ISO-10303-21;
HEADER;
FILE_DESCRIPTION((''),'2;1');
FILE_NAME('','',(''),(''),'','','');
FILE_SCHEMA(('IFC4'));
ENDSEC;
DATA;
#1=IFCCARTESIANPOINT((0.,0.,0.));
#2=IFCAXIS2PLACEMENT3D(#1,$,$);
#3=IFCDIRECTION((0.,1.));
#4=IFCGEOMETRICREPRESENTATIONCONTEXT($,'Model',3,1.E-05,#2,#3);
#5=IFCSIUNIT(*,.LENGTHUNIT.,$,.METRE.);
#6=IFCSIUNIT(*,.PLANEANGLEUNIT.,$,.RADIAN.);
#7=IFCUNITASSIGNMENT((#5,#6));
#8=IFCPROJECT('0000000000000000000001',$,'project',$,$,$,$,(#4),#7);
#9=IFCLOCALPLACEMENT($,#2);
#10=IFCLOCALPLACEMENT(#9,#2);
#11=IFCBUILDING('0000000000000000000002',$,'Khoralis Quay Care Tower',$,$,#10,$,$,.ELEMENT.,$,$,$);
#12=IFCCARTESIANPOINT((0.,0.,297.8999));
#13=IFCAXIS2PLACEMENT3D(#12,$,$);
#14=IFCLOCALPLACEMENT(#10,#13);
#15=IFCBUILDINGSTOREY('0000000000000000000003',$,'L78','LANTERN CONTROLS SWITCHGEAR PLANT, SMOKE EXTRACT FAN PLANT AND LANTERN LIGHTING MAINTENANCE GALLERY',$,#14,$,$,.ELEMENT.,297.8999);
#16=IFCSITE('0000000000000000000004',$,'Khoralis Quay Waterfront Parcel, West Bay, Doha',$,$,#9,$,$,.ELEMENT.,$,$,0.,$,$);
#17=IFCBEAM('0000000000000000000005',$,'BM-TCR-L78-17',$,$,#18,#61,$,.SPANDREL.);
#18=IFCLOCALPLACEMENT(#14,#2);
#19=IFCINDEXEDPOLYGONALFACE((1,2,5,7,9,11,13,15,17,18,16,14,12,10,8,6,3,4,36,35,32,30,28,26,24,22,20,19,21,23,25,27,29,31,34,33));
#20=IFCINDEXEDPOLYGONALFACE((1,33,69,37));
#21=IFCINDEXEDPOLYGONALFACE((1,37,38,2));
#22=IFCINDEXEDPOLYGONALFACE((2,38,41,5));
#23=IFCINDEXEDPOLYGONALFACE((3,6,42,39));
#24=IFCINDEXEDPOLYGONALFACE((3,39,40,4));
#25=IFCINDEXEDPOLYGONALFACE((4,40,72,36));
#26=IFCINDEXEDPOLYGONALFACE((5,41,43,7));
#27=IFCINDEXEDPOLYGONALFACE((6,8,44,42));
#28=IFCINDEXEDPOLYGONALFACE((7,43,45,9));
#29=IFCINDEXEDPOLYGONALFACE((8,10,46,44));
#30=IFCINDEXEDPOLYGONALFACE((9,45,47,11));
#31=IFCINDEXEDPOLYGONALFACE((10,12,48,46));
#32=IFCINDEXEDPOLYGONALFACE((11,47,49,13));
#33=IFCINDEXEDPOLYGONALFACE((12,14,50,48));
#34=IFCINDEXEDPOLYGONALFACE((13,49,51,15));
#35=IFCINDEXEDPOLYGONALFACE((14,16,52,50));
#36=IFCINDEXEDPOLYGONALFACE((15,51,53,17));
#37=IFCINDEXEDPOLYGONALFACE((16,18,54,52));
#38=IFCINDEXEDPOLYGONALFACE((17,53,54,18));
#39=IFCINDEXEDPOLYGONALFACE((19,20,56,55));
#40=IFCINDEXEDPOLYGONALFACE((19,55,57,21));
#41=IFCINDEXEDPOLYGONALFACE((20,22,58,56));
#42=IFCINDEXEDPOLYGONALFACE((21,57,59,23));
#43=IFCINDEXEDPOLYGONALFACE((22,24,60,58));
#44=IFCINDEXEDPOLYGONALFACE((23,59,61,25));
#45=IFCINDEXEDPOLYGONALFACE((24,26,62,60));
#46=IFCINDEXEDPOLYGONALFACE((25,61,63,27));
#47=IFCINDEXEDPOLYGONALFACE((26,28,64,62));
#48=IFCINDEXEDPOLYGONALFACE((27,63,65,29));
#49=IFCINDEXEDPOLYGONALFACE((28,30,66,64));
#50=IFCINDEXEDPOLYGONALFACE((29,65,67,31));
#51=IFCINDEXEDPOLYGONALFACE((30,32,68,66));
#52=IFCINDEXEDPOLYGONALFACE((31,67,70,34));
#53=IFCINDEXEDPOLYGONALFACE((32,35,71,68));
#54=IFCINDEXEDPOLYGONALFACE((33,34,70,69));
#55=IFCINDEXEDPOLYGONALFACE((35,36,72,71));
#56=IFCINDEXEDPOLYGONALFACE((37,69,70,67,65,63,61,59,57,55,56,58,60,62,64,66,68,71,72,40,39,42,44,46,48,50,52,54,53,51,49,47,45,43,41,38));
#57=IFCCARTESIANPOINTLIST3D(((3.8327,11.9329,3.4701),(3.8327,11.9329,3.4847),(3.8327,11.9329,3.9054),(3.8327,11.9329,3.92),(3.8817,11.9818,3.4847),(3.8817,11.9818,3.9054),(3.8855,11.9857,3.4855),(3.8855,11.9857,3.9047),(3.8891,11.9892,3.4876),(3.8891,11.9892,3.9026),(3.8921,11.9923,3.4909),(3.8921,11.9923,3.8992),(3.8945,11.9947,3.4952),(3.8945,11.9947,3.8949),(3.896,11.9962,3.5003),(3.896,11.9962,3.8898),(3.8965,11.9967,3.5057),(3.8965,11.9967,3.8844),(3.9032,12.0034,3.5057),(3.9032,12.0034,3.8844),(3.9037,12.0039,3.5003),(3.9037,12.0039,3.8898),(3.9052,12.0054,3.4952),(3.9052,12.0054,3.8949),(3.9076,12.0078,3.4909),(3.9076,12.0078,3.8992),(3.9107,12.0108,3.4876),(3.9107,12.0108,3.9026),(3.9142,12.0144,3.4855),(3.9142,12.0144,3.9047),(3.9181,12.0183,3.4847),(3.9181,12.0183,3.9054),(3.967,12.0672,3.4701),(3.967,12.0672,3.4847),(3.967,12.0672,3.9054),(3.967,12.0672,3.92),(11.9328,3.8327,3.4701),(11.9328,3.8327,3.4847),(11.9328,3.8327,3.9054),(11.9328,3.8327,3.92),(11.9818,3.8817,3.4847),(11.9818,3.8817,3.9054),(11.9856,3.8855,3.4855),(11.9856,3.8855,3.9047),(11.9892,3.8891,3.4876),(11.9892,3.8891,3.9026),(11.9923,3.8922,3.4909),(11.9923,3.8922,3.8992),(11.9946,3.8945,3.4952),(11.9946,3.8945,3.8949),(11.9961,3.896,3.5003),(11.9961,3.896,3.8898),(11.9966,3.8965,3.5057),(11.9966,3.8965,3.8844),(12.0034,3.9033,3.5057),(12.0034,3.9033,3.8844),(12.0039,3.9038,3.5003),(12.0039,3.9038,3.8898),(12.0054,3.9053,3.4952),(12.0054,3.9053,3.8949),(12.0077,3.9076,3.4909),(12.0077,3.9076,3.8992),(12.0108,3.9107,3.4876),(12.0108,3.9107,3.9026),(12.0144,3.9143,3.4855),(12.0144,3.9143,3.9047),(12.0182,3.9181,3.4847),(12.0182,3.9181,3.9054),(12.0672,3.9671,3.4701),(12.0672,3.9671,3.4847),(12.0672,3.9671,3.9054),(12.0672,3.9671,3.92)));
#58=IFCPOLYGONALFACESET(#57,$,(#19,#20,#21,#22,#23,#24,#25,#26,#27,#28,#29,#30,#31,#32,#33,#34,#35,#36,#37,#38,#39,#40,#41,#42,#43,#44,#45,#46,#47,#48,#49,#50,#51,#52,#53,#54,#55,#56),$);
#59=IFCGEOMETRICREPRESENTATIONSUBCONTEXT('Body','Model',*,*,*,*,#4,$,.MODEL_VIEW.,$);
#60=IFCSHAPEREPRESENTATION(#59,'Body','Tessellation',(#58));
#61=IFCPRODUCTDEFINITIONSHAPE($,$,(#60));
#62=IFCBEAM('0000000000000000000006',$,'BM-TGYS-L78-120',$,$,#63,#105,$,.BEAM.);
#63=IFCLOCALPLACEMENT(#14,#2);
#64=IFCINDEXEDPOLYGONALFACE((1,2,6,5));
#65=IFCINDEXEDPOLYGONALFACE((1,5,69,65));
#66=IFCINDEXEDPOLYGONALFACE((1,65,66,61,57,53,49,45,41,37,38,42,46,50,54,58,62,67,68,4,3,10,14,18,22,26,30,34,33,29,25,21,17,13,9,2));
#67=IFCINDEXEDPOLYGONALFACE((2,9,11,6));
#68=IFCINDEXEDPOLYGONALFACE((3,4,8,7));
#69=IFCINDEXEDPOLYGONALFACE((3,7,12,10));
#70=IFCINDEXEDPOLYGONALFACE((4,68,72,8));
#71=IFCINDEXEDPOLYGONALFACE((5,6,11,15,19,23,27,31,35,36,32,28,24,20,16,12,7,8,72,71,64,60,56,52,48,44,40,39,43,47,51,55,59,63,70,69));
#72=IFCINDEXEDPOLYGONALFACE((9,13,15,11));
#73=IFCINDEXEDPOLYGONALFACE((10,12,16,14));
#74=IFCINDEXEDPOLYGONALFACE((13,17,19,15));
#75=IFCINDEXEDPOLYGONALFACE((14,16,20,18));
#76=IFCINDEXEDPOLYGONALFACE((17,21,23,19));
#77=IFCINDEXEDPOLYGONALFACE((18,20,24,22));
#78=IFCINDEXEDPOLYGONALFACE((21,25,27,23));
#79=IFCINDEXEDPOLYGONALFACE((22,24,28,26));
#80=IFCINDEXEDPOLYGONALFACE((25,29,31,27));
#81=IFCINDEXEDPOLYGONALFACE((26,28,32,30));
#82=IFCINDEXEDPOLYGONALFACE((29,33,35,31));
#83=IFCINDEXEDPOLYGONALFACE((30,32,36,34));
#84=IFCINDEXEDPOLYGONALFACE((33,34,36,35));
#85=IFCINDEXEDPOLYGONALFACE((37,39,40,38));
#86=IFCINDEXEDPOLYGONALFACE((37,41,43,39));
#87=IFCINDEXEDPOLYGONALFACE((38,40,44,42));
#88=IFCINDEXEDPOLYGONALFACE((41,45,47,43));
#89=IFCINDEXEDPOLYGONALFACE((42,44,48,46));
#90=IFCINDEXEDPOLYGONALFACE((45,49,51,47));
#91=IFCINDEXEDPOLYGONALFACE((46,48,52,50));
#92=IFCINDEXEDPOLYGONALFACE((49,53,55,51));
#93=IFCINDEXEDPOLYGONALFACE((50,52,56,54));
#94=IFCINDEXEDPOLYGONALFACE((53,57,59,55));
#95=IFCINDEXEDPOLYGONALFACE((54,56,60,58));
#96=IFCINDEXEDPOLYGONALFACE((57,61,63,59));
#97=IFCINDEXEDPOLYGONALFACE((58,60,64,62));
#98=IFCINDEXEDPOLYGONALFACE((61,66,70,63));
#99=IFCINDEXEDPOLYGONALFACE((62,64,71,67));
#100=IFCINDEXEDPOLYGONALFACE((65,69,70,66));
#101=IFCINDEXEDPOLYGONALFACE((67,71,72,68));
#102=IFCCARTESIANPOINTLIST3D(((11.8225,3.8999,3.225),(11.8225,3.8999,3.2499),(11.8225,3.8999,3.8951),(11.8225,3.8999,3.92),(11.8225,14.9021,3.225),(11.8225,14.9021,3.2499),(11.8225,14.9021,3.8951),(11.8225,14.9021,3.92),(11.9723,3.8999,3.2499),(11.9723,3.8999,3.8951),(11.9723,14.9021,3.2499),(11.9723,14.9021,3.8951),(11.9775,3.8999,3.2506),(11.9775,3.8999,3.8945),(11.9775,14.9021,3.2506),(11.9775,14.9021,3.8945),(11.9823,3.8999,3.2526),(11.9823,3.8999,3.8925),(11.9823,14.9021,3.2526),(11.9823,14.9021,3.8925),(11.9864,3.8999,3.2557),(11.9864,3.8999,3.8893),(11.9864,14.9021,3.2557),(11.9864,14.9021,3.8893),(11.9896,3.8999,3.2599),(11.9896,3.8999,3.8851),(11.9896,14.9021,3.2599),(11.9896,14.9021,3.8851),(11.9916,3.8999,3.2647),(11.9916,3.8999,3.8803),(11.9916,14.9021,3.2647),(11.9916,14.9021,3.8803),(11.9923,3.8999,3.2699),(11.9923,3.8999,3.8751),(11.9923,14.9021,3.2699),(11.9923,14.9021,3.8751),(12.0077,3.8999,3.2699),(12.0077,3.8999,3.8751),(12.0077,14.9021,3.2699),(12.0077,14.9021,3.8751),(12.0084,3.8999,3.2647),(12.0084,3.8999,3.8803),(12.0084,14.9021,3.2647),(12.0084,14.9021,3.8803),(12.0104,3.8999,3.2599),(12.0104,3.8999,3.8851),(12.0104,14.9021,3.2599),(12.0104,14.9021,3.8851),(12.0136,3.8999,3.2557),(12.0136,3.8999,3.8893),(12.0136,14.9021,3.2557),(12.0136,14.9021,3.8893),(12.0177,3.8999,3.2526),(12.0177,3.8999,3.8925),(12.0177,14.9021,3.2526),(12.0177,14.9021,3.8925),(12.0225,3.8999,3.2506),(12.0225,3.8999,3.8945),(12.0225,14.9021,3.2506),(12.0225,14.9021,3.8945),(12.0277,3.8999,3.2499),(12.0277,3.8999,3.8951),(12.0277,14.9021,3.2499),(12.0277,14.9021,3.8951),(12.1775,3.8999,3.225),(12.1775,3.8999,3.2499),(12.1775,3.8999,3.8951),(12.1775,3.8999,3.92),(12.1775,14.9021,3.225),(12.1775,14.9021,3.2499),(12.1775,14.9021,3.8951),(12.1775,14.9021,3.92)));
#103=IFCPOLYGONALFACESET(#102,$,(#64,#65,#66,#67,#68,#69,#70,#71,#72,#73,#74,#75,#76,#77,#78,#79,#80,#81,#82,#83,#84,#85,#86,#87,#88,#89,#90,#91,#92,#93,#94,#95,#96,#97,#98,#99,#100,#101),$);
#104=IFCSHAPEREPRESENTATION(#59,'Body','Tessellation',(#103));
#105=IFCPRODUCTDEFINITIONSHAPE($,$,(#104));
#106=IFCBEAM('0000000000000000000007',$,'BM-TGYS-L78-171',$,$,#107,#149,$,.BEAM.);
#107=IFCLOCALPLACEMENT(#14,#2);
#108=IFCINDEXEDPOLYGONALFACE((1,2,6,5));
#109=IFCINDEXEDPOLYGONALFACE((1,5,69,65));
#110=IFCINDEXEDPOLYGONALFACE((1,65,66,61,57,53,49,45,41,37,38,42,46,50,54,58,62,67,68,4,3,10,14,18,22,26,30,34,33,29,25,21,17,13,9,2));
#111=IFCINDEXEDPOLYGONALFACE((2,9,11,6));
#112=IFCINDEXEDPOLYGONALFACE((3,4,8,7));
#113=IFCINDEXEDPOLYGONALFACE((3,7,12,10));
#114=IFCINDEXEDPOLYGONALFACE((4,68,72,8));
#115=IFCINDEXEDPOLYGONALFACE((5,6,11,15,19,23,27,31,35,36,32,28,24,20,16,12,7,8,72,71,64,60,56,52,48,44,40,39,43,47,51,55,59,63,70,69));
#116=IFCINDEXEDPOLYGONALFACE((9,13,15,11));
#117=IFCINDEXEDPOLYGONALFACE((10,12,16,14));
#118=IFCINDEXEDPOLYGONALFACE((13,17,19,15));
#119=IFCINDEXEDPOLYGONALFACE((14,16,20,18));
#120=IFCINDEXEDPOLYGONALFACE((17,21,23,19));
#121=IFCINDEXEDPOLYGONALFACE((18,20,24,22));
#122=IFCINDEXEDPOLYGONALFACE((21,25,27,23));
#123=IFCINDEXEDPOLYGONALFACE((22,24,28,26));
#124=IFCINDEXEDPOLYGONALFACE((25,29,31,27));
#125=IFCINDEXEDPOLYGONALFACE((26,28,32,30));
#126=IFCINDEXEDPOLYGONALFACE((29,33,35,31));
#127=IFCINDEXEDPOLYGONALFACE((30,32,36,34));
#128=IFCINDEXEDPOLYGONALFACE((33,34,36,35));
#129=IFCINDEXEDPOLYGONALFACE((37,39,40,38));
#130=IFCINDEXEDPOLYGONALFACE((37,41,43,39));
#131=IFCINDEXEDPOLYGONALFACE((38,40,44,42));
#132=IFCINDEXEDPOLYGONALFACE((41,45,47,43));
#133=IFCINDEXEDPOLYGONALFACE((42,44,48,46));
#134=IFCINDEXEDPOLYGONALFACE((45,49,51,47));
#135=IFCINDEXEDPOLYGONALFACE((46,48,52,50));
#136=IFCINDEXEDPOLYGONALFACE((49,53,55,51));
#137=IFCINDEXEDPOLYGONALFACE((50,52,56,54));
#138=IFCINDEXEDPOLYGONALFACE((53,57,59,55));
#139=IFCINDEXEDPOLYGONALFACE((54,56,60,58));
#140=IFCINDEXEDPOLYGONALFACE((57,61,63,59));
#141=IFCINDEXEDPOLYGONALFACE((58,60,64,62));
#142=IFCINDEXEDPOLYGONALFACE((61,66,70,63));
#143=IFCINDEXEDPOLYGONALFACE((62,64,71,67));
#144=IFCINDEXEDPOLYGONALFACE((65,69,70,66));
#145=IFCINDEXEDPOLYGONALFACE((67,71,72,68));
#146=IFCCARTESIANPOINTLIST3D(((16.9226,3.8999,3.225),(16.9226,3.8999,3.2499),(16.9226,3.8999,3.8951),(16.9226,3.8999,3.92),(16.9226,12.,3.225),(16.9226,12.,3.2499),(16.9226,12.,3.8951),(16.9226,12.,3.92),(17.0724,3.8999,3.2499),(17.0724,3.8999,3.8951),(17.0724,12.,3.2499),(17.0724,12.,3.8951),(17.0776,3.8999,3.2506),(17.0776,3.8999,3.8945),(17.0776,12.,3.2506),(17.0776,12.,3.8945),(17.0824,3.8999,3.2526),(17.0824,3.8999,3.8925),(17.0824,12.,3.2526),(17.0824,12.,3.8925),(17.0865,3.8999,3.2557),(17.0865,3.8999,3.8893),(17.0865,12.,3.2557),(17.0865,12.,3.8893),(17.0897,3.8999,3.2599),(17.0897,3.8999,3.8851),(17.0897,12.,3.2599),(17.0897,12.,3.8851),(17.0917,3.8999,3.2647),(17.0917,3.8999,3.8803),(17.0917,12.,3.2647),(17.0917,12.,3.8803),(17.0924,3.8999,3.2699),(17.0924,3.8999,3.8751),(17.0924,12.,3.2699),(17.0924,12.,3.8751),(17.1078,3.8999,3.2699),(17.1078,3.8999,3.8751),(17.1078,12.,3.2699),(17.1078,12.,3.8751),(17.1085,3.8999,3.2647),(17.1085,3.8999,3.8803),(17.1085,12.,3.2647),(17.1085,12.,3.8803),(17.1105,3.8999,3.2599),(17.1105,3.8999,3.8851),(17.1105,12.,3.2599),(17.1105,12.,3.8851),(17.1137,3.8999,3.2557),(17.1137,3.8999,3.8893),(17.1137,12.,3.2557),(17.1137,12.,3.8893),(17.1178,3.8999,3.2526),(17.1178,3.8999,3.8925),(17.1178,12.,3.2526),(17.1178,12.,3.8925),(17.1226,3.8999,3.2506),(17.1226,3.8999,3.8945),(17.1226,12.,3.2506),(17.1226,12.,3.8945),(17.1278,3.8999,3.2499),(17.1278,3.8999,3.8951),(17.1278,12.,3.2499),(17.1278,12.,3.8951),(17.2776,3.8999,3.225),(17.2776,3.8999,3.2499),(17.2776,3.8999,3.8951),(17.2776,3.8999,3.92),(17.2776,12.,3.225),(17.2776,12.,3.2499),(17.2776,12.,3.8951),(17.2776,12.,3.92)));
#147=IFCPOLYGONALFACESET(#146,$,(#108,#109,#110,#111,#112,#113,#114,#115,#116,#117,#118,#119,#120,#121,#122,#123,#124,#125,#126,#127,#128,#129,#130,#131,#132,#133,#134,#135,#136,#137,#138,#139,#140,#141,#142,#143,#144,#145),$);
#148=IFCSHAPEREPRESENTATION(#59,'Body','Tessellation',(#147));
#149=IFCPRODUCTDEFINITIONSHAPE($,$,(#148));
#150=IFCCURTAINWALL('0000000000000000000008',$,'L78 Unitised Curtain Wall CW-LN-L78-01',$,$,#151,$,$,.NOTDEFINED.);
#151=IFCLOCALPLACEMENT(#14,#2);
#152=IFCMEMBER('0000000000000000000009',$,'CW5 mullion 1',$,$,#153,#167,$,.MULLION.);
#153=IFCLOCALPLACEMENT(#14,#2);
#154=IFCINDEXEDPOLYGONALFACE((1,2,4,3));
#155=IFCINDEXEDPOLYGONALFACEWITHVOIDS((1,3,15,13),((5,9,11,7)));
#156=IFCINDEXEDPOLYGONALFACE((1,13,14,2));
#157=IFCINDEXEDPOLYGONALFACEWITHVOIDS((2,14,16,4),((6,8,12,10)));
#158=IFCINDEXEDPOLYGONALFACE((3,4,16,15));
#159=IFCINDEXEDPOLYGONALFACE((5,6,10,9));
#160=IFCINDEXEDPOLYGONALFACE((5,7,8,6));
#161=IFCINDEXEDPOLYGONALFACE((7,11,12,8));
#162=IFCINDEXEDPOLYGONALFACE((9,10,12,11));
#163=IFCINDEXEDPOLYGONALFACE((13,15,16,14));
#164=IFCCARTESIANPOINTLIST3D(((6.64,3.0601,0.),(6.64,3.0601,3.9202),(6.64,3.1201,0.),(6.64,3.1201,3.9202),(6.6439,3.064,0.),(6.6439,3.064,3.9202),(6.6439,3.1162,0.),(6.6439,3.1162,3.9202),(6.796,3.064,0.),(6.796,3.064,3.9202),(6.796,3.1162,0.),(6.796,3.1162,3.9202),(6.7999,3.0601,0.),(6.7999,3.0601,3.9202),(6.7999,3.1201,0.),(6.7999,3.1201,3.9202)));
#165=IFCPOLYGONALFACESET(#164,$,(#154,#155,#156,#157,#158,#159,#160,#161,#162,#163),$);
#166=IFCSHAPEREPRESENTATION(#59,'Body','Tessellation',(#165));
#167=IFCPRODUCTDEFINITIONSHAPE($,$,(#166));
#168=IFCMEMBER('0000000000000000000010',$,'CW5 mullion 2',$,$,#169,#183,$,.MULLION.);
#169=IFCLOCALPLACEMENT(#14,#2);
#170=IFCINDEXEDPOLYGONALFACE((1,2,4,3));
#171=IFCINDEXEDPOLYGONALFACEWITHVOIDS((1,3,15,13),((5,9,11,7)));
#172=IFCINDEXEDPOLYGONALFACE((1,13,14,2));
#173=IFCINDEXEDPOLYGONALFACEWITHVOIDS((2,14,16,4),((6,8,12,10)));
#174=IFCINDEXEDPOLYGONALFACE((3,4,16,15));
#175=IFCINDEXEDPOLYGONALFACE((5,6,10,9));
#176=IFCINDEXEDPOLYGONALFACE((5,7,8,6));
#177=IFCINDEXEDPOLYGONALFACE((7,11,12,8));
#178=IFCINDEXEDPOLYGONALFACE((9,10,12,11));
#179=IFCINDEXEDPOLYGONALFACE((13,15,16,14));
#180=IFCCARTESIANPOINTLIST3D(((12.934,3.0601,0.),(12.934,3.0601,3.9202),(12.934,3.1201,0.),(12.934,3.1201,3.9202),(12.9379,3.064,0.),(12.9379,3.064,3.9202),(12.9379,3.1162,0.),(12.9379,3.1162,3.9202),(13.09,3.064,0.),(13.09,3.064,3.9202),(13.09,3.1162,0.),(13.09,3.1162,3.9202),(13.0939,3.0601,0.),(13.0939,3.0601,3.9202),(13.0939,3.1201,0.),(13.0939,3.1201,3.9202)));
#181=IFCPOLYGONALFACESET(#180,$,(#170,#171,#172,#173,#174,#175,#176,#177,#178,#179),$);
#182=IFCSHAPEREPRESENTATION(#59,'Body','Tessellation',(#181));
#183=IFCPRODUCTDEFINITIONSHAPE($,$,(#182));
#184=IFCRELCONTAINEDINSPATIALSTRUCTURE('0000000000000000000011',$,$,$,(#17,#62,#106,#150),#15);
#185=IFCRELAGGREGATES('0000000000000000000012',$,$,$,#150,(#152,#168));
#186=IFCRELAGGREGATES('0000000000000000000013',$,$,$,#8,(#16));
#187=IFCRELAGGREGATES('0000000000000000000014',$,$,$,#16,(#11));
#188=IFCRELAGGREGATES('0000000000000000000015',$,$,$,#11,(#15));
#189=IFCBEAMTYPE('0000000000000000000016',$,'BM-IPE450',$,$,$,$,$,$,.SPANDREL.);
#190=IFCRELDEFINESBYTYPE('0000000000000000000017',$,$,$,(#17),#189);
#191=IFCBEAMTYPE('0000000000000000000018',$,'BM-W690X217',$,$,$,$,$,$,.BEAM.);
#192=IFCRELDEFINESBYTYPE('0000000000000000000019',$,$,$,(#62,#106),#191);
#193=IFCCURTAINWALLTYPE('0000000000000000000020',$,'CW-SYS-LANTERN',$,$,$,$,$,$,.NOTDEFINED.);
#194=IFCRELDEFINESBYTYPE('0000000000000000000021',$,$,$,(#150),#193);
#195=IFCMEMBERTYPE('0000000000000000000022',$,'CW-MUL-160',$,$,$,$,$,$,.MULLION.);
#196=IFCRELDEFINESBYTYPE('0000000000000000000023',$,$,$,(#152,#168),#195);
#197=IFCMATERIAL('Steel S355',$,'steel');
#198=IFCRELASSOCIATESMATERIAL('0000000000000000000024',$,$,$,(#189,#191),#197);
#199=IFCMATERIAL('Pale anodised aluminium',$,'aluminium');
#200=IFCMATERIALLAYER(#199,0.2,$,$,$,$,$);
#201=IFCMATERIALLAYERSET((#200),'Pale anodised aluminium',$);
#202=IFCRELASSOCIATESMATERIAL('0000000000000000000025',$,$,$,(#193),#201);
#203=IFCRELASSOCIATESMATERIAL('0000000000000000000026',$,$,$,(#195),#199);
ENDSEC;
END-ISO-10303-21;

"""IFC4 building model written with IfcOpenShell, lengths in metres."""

from ifc_helpers import new_model, si_unit, direction, frame, origin, origin_2d, place, context, subcontext, project, spatial, hollow_rectangle, i_section, extrude, source, transform, mapped, material, layer, layer_set, material_profile, profile_set, type_object, element, aggregate, save


model = new_model("IFC4")

# Units and contexts
model_context = context("Model", 3, precision=1e-05, world=origin(), true_north=direction((0.0, 1.0)))
body_context = subcontext(model_context, "Body", "Model", "MODEL_VIEW")
ifc_project = project(units=[si_unit("LENGTHUNIT", "METRE"), si_unit("PLANEANGLEUNIT", "RADIAN")], contexts=[model_context])

# Site, building, storey
site_placement = place(None, origin())
site = spatial("IfcSite", under=ifc_project, at=site_placement, Name="Khoralis Quay Waterfront Parcel, West Bay, Doha", CompositionType="ELEMENT", RefElevation=0.0)
building_placement = place(site_placement, origin())
building = spatial("IfcBuilding", under=site, at=building_placement, Name="Khoralis Quay Care Tower", CompositionType="ELEMENT")
storey_placement = place(building_placement, frame((0.0, 0.0, 297.8999)))
storey = spatial("IfcBuildingStorey", under=building, at=storey_placement, Name="L78", Description="LANTERN CONTROLS SWITCHGEAR PLANT, SMOKE EXTRACT FAN PLANT AND LANTERN LIGHTING MAINTENANCE GALLERY", CompositionType="ELEMENT", Elevation=297.8999)

# Shared definitions
ifc_material_1 = material(Name="Steel S355", Category="steel")

# Beams
ifc_material_profile_1 = material_profile(ifc_material_1, i_section(OverallWidth=0.1899, OverallDepth=0.45, WebThickness=0.0095, FlangeThickness=0.0146, FilletRadius=0.021, at=origin_2d()), Name="Steel S355")
ifc_profile_set_1 = profile_set([ifc_material_profile_1], Name="Steel S355")
beam_type_1 = type_object("IfcBeamType", Name="BM-IPE450", PredefinedType="SPANDREL", material=ifc_profile_set_1)
shared_shape_1 = source(origin(), body_context, "Body", "SweptSolid", [
    extrude(i_section(OverallWidth=0.1899, OverallDepth=0.45, WebThickness=0.0095, FlangeThickness=0.0146, FilletRadius=0.021, at=origin_2d()), origin(), (0.0, 0.0, 1.0), 11.4553),
])
beam_1_placement = place(storey_placement, frame((12.0, 3.8999, 3.6951), z_axis=(-0.707107, 0.707107, 0.0), x_axis=(-0.707107, -0.707107, 0.0)))
element("IfcBeam", 1, at=beam_1_placement, inside=storey, type_object=beam_type_1, Name="BM-TCR-L78-17", PredefinedType="SPANDREL", context=body_context, shape_type="MappedRepresentation", body=[
    mapped(shared_shape_1, transform((0.0, 0.0, 0.0), scale=1.0)),
])
ifc_material_profile_2 = material_profile(ifc_material_1, i_section(OverallWidth=0.355, OverallDepth=0.6951, WebThickness=0.0154, FlangeThickness=0.0249, FilletRadius=0.02, at=origin_2d()), Name="Steel S355")
ifc_profile_set_2 = profile_set([ifc_material_profile_2], Name="Steel S355")
beam_type_2 = type_object("IfcBeamType", Name="BM-W690X217", PredefinedType="BEAM", material=ifc_profile_set_2)
shared_shape_2 = source(origin(), body_context, "Body", "SweptSolid", [
    extrude(i_section(OverallWidth=0.355, OverallDepth=0.6951, WebThickness=0.0154, FlangeThickness=0.0249, FilletRadius=0.02, at=origin_2d()), origin(), (0.0, 0.0, 1.0), 11.0022),
])
beam_2_placement = place(storey_placement, frame((12.0, 3.8999, 3.5725), z_axis=(0.0, 1.0, 0.0), x_axis=(-1.0, 0.0, 0.0)))
element("IfcBeam", 2, at=beam_2_placement, inside=storey, type_object=beam_type_2, Name="BM-TGYS-L78-120", PredefinedType="BEAM", context=body_context, shape_type="MappedRepresentation", body=[
    mapped(shared_shape_2, transform((0.0, 0.0, 0.0), scale=1.0)),
])
shared_shape_3 = source(origin(), body_context, "Body", "SweptSolid", [
    extrude(i_section(OverallWidth=0.355, OverallDepth=0.6951, WebThickness=0.0154, FlangeThickness=0.0249, FilletRadius=0.02, at=origin_2d()), origin(), (0.0, 0.0, 1.0), 8.1001),
])
beam_3_placement = place(storey_placement, frame((17.1001, 3.8999, 3.5725), z_axis=(0.0, 1.0, 0.0), x_axis=(-1.0, 0.0, 0.0)))
element("IfcBeam", 3, at=beam_3_placement, inside=storey, type_object=beam_type_2, Name="BM-TGYS-L78-171", PredefinedType="BEAM", context=body_context, shape_type="MappedRepresentation", body=[
    mapped(shared_shape_3, transform((0.0, 0.0, 0.0), scale=1.0)),
])

# Curtain wall, members
ifc_material_2 = material(Name="Pale anodised aluminium", Category="aluminium")
ifc_layer_1 = layer(ifc_material_2, 0.2)
ifc_layer_set_1 = layer_set([ifc_layer_1], Name="Pale anodised aluminium")
curtain_wall_type = type_object("IfcCurtainWallType", Name="CW-SYS-LANTERN", PredefinedType="NOTDEFINED", material=ifc_layer_set_1)
curtain_wall_1_placement = place(storey_placement, origin())
curtain_wall_1 = element("IfcCurtainWall", 4, at=curtain_wall_1_placement, inside=storey, type_object=curtain_wall_type, Name="L78 Unitised Curtain Wall CW-LN-L78-01", PredefinedType="NOTDEFINED")
ifc_material_profile_3 = material_profile(ifc_material_2, hollow_rectangle(XDim=0.0601, YDim=0.1599, WallThickness=0.0039, at=origin_2d()), Name="Pale anodised aluminium")
ifc_profile_set_3 = profile_set([ifc_material_profile_3], Name="Pale anodised aluminium")
member_type_1 = type_object("IfcMemberType", Name="CW-MUL-160", PredefinedType="MULLION", material=ifc_profile_set_3)
shared_shape_4 = source(origin(), body_context, "Body", "SweptSolid", [
    extrude(hollow_rectangle(XDim=0.0601, YDim=0.1599, WallThickness=0.0039, at=origin_2d()), origin(), (0.0, 0.0, 1.0), 3.9202),
])
member_1_placement = place(storey_placement, frame((6.72, 3.0901, 0.0), z_axis=(0.0, 0.0, 1.0), x_axis=(0.0, 1.0, 0.0)))
member_1 = element("IfcMember", 5, at=member_1_placement, type_object=member_type_1, Name="CW5 mullion 1", PredefinedType="MULLION", context=body_context, shape_type="MappedRepresentation", body=[
    mapped(shared_shape_4, transform((0.0, 0.0, 0.0), scale=1.0)),
])
member_2_placement = place(storey_placement, frame((13.0139, 3.0901, 0.0), z_axis=(0.0, 0.0, 1.0), x_axis=(0.0, 1.0, 0.0)))
member_2 = element("IfcMember", 6, at=member_2_placement, type_object=member_type_1, Name="CW5 mullion 2", PredefinedType="MULLION", context=body_context, shape_type="MappedRepresentation", body=[
    mapped(shared_shape_4, transform((0.0, 0.0, 0.0), scale=1.0)),
])

aggregate(curtain_wall_1, [member_1, member_2])

save(model, "model.ifc")
